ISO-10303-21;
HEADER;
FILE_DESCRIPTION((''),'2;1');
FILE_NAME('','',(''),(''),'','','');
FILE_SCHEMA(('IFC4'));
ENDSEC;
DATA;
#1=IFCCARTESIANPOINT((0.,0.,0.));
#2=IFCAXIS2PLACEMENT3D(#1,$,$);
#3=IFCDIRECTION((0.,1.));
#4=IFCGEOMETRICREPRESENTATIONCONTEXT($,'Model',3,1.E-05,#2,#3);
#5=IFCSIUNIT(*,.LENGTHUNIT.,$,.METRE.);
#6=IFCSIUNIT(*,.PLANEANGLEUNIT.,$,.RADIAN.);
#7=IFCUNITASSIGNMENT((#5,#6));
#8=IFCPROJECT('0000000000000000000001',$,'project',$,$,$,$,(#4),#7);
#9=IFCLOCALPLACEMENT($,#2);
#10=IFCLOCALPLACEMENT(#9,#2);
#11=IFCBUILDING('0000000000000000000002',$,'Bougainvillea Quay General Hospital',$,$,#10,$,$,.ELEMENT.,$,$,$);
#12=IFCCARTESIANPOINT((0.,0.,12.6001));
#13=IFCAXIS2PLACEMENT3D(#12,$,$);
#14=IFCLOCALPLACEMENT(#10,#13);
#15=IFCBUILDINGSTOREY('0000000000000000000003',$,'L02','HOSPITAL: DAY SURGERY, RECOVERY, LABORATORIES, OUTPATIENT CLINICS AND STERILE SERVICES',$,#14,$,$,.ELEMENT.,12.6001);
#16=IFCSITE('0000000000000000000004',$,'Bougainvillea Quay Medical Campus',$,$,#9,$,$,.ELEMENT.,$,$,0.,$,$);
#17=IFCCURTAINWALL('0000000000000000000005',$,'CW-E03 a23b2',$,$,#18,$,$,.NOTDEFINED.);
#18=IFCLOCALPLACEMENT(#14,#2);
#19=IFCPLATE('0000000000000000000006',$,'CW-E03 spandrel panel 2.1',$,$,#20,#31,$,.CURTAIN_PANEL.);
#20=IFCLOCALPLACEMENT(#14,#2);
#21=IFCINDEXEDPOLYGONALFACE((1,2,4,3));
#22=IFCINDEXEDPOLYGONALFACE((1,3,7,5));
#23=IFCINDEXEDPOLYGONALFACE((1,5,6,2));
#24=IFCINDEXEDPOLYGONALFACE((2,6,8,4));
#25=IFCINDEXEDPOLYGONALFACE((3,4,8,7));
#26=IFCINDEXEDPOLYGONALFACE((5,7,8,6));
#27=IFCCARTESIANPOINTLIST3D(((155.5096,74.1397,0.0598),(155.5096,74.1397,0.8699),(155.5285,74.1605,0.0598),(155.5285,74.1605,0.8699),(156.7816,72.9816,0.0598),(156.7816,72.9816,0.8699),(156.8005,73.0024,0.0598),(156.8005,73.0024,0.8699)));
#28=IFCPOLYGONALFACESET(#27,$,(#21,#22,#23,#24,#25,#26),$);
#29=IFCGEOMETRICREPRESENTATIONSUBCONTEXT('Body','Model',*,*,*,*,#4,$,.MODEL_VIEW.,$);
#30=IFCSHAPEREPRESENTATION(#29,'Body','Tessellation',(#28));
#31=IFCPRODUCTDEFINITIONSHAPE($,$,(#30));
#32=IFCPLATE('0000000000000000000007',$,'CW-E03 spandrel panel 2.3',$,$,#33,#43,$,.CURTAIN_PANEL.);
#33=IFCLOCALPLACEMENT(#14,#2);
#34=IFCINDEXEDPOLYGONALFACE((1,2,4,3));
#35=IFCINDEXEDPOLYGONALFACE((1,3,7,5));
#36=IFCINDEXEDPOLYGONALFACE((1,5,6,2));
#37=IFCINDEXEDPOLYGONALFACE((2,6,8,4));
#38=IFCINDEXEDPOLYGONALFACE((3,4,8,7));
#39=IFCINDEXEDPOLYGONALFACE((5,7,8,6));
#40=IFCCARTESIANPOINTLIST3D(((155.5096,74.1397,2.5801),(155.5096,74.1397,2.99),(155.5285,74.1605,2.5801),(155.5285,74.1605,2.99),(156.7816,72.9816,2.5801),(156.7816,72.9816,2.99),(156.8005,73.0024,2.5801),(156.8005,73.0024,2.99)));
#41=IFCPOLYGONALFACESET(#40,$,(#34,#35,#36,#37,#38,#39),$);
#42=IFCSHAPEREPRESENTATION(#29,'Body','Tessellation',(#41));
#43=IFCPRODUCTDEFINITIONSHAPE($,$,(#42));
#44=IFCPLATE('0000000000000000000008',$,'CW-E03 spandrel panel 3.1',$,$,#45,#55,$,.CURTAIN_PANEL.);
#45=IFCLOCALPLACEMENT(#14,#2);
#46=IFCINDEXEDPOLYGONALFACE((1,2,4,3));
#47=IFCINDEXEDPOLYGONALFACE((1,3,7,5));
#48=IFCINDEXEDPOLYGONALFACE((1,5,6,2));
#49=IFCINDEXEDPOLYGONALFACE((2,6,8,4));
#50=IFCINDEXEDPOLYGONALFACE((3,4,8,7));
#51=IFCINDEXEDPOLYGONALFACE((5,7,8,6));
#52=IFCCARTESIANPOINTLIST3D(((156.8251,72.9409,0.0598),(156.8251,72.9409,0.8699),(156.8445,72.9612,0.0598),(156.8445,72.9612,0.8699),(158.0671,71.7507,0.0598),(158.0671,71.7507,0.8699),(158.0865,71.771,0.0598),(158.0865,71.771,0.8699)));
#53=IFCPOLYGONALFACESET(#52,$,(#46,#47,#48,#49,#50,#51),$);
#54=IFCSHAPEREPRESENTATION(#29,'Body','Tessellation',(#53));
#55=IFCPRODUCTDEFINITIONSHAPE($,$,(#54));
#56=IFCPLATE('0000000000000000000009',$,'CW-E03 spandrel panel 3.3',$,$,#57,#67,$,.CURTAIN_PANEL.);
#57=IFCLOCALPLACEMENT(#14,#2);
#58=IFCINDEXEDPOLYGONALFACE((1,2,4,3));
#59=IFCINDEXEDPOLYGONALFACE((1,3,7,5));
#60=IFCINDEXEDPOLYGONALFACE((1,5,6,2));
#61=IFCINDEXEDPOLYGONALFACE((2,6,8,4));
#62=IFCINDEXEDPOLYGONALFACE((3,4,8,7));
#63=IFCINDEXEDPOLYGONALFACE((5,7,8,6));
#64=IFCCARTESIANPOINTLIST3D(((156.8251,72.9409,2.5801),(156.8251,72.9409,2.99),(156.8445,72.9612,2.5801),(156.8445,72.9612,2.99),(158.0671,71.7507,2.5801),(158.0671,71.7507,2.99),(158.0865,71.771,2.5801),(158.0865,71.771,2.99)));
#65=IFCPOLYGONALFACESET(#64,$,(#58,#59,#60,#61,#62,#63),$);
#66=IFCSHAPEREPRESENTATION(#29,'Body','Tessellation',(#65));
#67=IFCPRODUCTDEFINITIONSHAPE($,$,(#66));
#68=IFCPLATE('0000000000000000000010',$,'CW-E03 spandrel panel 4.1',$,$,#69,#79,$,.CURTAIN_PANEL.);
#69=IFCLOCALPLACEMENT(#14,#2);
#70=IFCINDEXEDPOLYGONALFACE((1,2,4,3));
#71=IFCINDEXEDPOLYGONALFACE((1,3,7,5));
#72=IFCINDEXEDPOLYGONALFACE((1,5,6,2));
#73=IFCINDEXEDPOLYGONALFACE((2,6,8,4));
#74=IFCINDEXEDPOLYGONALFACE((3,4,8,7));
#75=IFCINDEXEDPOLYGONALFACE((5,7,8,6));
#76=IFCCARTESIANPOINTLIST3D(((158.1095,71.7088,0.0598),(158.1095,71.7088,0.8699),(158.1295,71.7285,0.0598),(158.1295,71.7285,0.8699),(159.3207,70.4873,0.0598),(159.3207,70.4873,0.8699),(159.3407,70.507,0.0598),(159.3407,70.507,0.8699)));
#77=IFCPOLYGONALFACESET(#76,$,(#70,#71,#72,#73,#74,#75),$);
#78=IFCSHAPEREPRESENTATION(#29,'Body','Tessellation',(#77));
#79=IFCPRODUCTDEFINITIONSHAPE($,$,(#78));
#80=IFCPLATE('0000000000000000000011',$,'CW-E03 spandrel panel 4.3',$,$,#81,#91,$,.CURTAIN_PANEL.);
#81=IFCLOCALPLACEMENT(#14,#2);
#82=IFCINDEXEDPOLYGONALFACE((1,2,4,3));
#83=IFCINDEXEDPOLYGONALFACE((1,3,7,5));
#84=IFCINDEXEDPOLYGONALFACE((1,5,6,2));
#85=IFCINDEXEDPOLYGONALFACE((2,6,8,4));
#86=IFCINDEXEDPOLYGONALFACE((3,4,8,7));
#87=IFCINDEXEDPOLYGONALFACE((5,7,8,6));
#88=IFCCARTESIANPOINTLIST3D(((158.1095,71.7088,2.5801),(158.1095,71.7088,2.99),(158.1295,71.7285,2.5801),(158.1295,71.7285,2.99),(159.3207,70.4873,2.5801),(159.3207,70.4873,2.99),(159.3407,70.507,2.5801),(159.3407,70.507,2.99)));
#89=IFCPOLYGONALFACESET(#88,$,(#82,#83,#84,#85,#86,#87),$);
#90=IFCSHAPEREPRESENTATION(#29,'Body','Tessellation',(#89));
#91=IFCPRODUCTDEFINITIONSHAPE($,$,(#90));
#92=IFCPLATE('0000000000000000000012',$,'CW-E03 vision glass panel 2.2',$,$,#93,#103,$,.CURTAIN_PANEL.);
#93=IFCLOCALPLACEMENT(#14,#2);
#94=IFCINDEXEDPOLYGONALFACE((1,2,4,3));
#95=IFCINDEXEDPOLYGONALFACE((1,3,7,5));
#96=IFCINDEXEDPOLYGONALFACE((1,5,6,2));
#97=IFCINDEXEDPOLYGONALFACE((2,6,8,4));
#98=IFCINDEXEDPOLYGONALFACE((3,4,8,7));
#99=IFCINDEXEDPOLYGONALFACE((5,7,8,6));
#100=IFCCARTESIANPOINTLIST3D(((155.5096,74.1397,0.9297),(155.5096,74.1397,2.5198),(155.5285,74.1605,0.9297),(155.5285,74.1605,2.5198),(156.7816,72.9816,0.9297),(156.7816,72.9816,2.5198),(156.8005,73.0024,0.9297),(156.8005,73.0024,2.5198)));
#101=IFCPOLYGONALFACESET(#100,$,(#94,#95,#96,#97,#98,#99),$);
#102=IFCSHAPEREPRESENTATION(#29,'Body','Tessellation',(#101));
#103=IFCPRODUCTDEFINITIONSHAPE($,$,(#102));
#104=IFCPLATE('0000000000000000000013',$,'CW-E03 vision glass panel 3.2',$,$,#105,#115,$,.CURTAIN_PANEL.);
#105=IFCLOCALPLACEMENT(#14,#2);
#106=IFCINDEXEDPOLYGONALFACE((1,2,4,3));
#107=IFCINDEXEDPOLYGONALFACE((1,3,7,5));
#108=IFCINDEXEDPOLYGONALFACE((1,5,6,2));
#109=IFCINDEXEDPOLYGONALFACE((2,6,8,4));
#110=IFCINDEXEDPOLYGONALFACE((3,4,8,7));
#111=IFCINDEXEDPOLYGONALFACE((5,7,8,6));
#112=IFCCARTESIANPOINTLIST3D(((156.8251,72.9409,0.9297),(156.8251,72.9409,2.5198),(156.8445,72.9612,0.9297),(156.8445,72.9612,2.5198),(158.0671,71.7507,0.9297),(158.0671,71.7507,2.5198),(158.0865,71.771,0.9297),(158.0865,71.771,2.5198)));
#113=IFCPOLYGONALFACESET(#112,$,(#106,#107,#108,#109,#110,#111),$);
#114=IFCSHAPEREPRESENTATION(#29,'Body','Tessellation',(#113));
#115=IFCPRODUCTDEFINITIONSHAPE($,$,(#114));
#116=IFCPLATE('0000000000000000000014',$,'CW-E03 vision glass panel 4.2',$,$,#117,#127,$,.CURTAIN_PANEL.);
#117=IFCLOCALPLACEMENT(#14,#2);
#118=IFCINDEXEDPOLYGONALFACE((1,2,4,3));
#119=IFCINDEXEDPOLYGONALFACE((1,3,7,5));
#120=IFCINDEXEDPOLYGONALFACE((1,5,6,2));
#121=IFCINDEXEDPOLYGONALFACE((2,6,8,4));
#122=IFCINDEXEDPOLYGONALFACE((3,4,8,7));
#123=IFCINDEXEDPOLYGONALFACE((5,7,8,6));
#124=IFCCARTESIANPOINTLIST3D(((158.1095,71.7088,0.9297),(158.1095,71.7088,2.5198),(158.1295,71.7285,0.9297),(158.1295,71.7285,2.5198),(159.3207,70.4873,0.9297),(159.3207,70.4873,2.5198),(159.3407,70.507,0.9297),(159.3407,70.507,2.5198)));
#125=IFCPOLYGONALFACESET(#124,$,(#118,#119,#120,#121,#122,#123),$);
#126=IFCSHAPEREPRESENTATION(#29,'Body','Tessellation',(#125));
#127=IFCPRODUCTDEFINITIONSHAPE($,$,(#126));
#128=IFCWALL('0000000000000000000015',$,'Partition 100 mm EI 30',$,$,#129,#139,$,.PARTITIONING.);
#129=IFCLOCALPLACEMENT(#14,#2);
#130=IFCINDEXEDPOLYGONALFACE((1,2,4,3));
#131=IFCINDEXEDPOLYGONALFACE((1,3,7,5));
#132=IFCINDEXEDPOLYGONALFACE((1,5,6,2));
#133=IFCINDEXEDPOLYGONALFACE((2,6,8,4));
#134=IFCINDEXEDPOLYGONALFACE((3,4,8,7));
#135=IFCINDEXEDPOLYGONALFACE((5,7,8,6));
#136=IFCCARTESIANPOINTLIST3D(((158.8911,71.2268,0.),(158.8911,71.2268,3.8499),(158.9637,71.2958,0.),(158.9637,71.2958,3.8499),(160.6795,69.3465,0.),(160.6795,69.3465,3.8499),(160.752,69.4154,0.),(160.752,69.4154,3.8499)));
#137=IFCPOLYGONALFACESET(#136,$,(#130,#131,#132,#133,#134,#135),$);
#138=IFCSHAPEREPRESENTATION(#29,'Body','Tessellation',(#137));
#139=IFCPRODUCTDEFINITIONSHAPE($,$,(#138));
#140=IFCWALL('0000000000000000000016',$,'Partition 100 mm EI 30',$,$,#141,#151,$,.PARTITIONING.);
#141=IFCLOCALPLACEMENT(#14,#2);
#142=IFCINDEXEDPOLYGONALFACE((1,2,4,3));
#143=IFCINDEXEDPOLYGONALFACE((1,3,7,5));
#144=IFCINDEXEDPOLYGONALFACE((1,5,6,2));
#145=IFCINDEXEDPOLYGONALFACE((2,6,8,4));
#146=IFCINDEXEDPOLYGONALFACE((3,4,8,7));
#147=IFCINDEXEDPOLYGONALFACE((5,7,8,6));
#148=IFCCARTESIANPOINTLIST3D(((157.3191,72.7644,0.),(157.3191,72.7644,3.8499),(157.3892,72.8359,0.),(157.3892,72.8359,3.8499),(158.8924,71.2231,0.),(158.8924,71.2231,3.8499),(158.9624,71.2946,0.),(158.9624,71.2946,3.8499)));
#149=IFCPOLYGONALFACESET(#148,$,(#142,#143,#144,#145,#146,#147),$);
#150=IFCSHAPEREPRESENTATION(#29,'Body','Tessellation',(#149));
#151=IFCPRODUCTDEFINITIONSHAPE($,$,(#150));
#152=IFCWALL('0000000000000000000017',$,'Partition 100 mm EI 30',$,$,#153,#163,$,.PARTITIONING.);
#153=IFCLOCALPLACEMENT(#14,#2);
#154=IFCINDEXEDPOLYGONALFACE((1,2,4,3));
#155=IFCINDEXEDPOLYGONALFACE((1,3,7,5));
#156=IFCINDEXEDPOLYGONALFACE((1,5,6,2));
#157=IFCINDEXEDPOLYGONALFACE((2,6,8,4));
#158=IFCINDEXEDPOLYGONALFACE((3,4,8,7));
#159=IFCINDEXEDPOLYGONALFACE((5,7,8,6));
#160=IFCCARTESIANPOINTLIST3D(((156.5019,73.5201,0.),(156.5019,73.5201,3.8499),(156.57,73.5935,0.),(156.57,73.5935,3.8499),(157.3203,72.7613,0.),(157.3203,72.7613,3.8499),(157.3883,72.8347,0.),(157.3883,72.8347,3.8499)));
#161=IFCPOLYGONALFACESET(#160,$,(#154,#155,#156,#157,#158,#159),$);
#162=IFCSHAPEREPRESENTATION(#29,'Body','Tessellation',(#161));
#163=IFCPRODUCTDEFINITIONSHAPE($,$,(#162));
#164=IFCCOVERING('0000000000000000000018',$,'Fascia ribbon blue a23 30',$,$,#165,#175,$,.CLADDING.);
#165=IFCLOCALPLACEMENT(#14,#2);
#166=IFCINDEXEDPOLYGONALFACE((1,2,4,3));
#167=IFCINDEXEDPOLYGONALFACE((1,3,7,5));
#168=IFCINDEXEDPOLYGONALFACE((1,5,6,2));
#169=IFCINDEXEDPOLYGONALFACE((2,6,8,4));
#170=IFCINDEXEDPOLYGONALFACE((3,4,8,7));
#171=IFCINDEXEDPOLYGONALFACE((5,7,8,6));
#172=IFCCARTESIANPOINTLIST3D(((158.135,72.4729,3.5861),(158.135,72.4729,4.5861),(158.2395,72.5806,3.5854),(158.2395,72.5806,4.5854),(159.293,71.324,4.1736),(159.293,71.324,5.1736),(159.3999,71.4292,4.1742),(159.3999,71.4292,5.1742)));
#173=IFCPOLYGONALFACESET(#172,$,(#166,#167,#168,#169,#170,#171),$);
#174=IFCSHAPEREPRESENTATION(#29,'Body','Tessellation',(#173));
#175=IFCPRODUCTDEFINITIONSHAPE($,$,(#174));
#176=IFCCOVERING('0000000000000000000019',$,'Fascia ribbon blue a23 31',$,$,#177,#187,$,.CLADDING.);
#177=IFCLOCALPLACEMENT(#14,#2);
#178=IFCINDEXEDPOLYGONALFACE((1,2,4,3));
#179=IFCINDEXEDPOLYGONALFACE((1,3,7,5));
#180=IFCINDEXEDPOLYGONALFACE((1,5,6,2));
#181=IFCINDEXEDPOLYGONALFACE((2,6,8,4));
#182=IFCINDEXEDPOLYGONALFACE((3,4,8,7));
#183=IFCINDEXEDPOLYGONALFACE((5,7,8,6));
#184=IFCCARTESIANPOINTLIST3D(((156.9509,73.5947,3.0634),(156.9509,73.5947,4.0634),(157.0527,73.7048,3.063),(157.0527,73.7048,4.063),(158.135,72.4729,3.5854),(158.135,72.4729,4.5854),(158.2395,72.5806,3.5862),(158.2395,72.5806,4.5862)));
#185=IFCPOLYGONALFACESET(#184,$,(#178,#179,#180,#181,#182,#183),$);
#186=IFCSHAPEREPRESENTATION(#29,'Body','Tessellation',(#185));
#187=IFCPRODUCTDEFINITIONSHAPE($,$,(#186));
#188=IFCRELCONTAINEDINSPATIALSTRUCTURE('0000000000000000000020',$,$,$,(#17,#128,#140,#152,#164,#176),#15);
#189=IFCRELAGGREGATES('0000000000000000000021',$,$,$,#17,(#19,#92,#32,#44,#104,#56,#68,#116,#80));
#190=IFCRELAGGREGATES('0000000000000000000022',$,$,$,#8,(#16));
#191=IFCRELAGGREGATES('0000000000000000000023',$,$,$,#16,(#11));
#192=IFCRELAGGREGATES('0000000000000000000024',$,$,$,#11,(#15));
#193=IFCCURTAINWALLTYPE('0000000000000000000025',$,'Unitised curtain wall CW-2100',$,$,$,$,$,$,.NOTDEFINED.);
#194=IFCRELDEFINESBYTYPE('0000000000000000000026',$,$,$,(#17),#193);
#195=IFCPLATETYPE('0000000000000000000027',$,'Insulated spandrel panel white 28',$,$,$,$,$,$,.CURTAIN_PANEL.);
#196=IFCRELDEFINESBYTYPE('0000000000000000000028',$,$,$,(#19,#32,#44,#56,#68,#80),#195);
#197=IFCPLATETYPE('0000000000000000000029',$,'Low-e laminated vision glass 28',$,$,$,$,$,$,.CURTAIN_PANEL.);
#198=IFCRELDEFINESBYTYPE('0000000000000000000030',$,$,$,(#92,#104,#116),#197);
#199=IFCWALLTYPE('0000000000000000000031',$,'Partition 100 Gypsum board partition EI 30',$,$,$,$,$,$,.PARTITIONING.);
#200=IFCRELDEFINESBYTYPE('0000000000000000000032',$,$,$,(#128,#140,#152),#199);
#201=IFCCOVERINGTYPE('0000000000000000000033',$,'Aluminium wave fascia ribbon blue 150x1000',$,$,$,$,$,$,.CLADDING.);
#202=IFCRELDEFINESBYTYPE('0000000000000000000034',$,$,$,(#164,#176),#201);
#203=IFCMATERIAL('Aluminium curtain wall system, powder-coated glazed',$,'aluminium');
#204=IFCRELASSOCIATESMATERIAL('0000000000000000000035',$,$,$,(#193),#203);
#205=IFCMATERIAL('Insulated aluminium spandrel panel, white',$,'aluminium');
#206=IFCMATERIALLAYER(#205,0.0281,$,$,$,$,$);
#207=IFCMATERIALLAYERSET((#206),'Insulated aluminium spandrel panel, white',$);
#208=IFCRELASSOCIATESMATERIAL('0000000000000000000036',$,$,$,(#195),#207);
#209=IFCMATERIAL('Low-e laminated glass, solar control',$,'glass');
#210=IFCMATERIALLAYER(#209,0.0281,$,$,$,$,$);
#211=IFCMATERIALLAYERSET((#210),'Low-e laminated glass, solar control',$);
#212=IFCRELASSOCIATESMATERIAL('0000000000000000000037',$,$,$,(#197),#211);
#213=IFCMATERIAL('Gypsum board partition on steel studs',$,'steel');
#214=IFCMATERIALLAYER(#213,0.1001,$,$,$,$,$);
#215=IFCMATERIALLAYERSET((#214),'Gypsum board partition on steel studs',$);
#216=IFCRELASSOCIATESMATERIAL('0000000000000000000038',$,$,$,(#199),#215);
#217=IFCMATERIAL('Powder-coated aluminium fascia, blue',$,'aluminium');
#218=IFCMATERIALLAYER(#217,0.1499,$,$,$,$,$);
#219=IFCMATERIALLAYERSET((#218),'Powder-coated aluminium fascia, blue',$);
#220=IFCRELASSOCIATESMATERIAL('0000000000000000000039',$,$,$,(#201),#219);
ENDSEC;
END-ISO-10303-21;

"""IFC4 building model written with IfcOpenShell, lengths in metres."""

from ifc_helpers import new_model, si_unit, direction, frame, frame_2d, origin, origin_2d, place, context, subcontext, project, spatial, polyline, rectangle, outline, extrude, material, layer, layer_set, type_object, element, aggregate, save


model = new_model("IFC4")

# Units and contexts
model_context = context("Model", 3, precision=1e-05, world=origin(), true_north=direction((0.0, 1.0)))
body_context = subcontext(model_context, "Body", "Model", "MODEL_VIEW")
ifc_project = project(units=[si_unit("LENGTHUNIT", "METRE"), si_unit("PLANEANGLEUNIT", "RADIAN")], contexts=[model_context])

# Site, building, storey
site_placement = place(None, origin())
site = spatial("IfcSite", under=ifc_project, at=site_placement, Name="Bougainvillea Quay Medical Campus", CompositionType="ELEMENT", RefElevation=0.0)
building_placement = place(site_placement, origin())
building = spatial("IfcBuilding", under=site, at=building_placement, Name="Bougainvillea Quay General Hospital", CompositionType="ELEMENT")
storey_placement = place(building_placement, frame((0.0, 0.0, 12.6001)))
storey = spatial("IfcBuildingStorey", under=building, at=storey_placement, Name="L02", Description="HOSPITAL: DAY SURGERY, RECOVERY, LABORATORIES, OUTPATIENT CLINICS AND STERILE SERVICES", CompositionType="ELEMENT", Elevation=12.6001)

# Curtain wall, plates
ifc_material_1 = material(Name="Aluminium curtain wall system, powder-coated glazed", Category="aluminium")
curtain_wall_type = type_object("IfcCurtainWallType", Name="Unitised curtain wall CW-2100", PredefinedType="NOTDEFINED", material=ifc_material_1)
curtain_wall_placement = place(storey_placement, origin())
curtain_wall = element("IfcCurtainWall", 1, at=curtain_wall_placement, inside=storey, type_object=curtain_wall_type, Name="CW-E03 a23b2", PredefinedType="NOTDEFINED")
ifc_material_2 = material(Name="Insulated aluminium spandrel panel, white", Category="aluminium")
ifc_layer_1 = layer(ifc_material_2, 0.0281)
ifc_layer_set_1 = layer_set([ifc_layer_1], Name="Insulated aluminium spandrel panel, white")
plate_type_1 = type_object("IfcPlateType", Name="Insulated spandrel panel white 28", PredefinedType="CURTAIN_PANEL", material=ifc_layer_set_1)
plate_1_placement = place(storey_placement, frame((156.155, 73.571, 0.0598), z_axis=(0.0, 0.0, 1.0), x_axis=(0.739424, -0.67324, 0.0)))
plate_1 = element("IfcPlate", 2, at=plate_1_placement, type_object=plate_type_1, Name="CW-E03 spandrel panel 2.1", PredefinedType="CURTAIN_PANEL", context=body_context, shape_type="SweptSolid", body=[
    extrude(rectangle(XDim=1.7202, YDim=0.0281, at=origin_2d()), origin(), (0.0, 0.0, 1.0), 0.8101),
])
plate_2_placement = place(storey_placement, frame((156.155, 73.571, 2.5801), z_axis=(0.0, 0.0, 1.0), x_axis=(0.739424, -0.67324, 0.0)))
plate_2 = element("IfcPlate", 3, at=plate_2_placement, type_object=plate_type_1, Name="CW-E03 spandrel panel 2.3", PredefinedType="CURTAIN_PANEL", context=body_context, shape_type="SweptSolid", body=[
    extrude(rectangle(XDim=1.7202, YDim=0.0281, at=origin_2d()), origin(), (0.0, 0.0, 1.0), 0.4099),
])
plate_3_placement = place(storey_placement, frame((157.4558, 72.356, 0.0598), z_axis=(0.0, 0.0, 1.0), x_axis=(0.722002, -0.691891, 0.0)))
plate_3 = element("IfcPlate", 4, at=plate_3_placement, type_object=plate_type_1, Name="CW-E03 spandrel panel 3.1", PredefinedType="CURTAIN_PANEL", context=body_context, shape_type="SweptSolid", body=[
    extrude(rectangle(XDim=1.7202, YDim=0.0281, at=origin_2d()), origin(), (0.0, 0.0, 1.0), 0.8101),
])
plate_4_placement = place(storey_placement, frame((157.4558, 72.356, 2.5801), z_axis=(0.0, 0.0, 1.0), x_axis=(0.722002, -0.691891, 0.0)))
plate_4 = element("IfcPlate", 5, at=plate_4_placement, type_object=plate_type_1, Name="CW-E03 spandrel panel 3.3", PredefinedType="CURTAIN_PANEL", context=body_context, shape_type="SweptSolid", body=[
    extrude(rectangle(XDim=1.7202, YDim=0.0281, at=origin_2d()), origin(), (0.0, 0.0, 1.0), 0.4099),
])
plate_5_placement = place(storey_placement, frame((158.7251, 71.1079, 0.0598), z_axis=(0.0, 0.0, 1.0), x_axis=(0.704109, -0.710092, 0.0)))
plate_5 = element("IfcPlate", 6, at=plate_5_placement, type_object=plate_type_1, Name="CW-E03 spandrel panel 4.1", PredefinedType="CURTAIN_PANEL", context=body_context, shape_type="SweptSolid", body=[
    extrude(rectangle(XDim=1.7202, YDim=0.0281, at=origin_2d()), origin(), (0.0, 0.0, 1.0), 0.8101),
])
plate_6_placement = place(storey_placement, frame((158.7251, 71.1079, 2.5801), z_axis=(0.0, 0.0, 1.0), x_axis=(0.704109, -0.710092, 0.0)))
plate_6 = element("IfcPlate", 7, at=plate_6_placement, type_object=plate_type_1, Name="CW-E03 spandrel panel 4.3", PredefinedType="CURTAIN_PANEL", context=body_context, shape_type="SweptSolid", body=[
    extrude(rectangle(XDim=1.7202, YDim=0.0281, at=origin_2d()), origin(), (0.0, 0.0, 1.0), 0.4099),
])
ifc_material_3 = material(Name="Low-e laminated glass, solar control", Category="glass")
ifc_layer_2 = layer(ifc_material_3, 0.0281)
ifc_layer_set_2 = layer_set([ifc_layer_2], Name="Low-e laminated glass, solar control")
plate_type_2 = type_object("IfcPlateType", Name="Low-e laminated vision glass 28", PredefinedType="CURTAIN_PANEL", material=ifc_layer_set_2)
plate_7_placement = place(storey_placement, frame((156.155, 73.571, 0.9297), z_axis=(0.0, 0.0, 1.0), x_axis=(0.739424, -0.67324, 0.0)))
plate_7 = element("IfcPlate", 8, at=plate_7_placement, type_object=plate_type_2, Name="CW-E03 vision glass panel 2.2", PredefinedType="CURTAIN_PANEL", context=body_context, shape_type="SweptSolid", body=[
    extrude(rectangle(XDim=1.7202, YDim=0.0281, at=origin_2d()), origin(), (0.0, 0.0, 1.0), 1.5901),
])
plate_8_placement = place(storey_placement, frame((157.4558, 72.356, 0.9297), z_axis=(0.0, 0.0, 1.0), x_axis=(0.722002, -0.691891, 0.0)))
plate_8 = element("IfcPlate", 9, at=plate_8_placement, type_object=plate_type_2, Name="CW-E03 vision glass panel 3.2", PredefinedType="CURTAIN_PANEL", context=body_context, shape_type="SweptSolid", body=[
    extrude(rectangle(XDim=1.7202, YDim=0.0281, at=origin_2d()), origin(), (0.0, 0.0, 1.0), 1.5901),
])
plate_9_placement = place(storey_placement, frame((158.7251, 71.1079, 0.9297), z_axis=(0.0, 0.0, 1.0), x_axis=(0.704109, -0.710092, 0.0)))
plate_9 = element("IfcPlate", 10, at=plate_9_placement, type_object=plate_type_2, Name="CW-E03 vision glass panel 4.2", PredefinedType="CURTAIN_PANEL", context=body_context, shape_type="SweptSolid", body=[
    extrude(rectangle(XDim=1.7202, YDim=0.0281, at=origin_2d()), origin(), (0.0, 0.0, 1.0), 1.5901),
])
aggregate(curtain_wall, [plate_1, plate_7, plate_2, plate_3, plate_8, plate_4, plate_5, plate_9, plate_6])

# Walls
ifc_material_4 = material(Name="Gypsum board partition on steel studs", Category="steel")
ifc_layer_3 = layer(ifc_material_4, 0.1001)
ifc_layer_set_3 = layer_set([ifc_layer_3], Name="Gypsum board partition on steel studs")
wall_type = type_object("IfcWallType", Name="Partition 100 Gypsum board partition EI 30", PredefinedType="PARTITIONING", material=ifc_layer_set_3)
wall_1_placement = place(storey_placement, frame((158.9275, 71.2612, 0.0), z_axis=(0.0, 0.0, 1.0), x_axis=(0.68915, -0.724619, 0.0)))
element("IfcWall", 11, at=wall_1_placement, inside=storey, type_object=wall_type, Name="Partition 100 mm EI 30", PredefinedType="PARTITIONING", context=body_context, shape_type="SweptSolid", body=[
    extrude(rectangle(XDim=2.595, YDim=0.1001, at=frame_2d((1.2974, 0.0))), origin(), (0.0, 0.0, 1.0), 3.8499),
])
wall_2_placement = place(storey_placement, frame((157.3542, 72.8, 0.0), z_axis=(0.0, 0.0, 1.0), x_axis=(0.71433, -0.699809, 0.0)))
element("IfcWall", 12, at=wall_2_placement, inside=storey, type_object=wall_type, Name="Partition 100 mm EI 30", PredefinedType="PARTITIONING", context=body_context, shape_type="SweptSolid", body=[
    extrude(rectangle(XDim=2.2024, YDim=0.1001, at=frame_2d((1.1011, 0.0))), origin(), (0.0, 0.0, 1.0), 3.8499),
])
wall_3_placement = place(storey_placement, frame((156.5359, 73.5569, 0.0), z_axis=(0.0, 0.0, 1.0), x_axis=(0.733292, -0.679914, 0.0)))
element("IfcWall", 13, at=wall_3_placement, inside=storey, type_object=wall_type, Name="Partition 100 mm EI 30", PredefinedType="PARTITIONING", context=body_context, shape_type="SweptSolid", body=[
    extrude(rectangle(XDim=1.116, YDim=0.1001, at=frame_2d((0.5581, 0.0))), origin(), (0.0, 0.0, 1.0), 3.8499),
])

# Coverings
ifc_material_5 = material(Name="Powder-coated aluminium fascia, blue", Category="aluminium")
ifc_layer_4 = layer(ifc_material_5, 0.1499)
ifc_layer_set_4 = layer_set([ifc_layer_4], Name="Powder-coated aluminium fascia, blue")
covering_type = type_object("IfcCoveringType", Name="Aluminium wave fascia ribbon blue 150x1000", PredefinedType="CLADDING", material=ifc_layer_set_4)
covering_1_placement = place(storey_placement, frame((159.293, 71.324, 4.1736), z_axis=(-0.240435, 0.23878, 0.940837), x_axis=(-0.667873, 0.662662, -0.338858)))
element("IfcCovering", 14, at=covering_1_placement, inside=storey, type_object=covering_type, Name="Fascia ribbon blue a23 30", PredefinedType="CLADDING", context=body_context, shape_type="SweptSolid", body=[
    extrude(outline(polyline([(0.0, 0.0), (1.7338, 0.0), (1.7356, -0.15), (-0.0019, -0.15), (0.0, 0.0)])), origin(), (-0.338858, 0.000148, 0.940837), 1.0),
])
covering_2_placement = place(storey_placement, frame((158.135, 72.4729, 3.5854), z_axis=(-0.22181, 0.209055, 0.952416), x_axis=(-0.691391, 0.655039, -0.304799)))
element("IfcCovering", 15, at=covering_2_placement, inside=storey, type_object=covering_type, Name="Fascia ribbon blue a23 31", PredefinedType="CLADDING", context=body_context, shape_type="SweptSolid", body=[
    extrude(outline(polyline([(0.0, 0.0), (1.7126, 0.0), (1.7145, -0.1499), (-0.0019, -0.15), (0.0, 0.0)])), origin(), (-0.304799, -0.000756, 0.952416), 1.0),
])

save(model, "model.ifc")
